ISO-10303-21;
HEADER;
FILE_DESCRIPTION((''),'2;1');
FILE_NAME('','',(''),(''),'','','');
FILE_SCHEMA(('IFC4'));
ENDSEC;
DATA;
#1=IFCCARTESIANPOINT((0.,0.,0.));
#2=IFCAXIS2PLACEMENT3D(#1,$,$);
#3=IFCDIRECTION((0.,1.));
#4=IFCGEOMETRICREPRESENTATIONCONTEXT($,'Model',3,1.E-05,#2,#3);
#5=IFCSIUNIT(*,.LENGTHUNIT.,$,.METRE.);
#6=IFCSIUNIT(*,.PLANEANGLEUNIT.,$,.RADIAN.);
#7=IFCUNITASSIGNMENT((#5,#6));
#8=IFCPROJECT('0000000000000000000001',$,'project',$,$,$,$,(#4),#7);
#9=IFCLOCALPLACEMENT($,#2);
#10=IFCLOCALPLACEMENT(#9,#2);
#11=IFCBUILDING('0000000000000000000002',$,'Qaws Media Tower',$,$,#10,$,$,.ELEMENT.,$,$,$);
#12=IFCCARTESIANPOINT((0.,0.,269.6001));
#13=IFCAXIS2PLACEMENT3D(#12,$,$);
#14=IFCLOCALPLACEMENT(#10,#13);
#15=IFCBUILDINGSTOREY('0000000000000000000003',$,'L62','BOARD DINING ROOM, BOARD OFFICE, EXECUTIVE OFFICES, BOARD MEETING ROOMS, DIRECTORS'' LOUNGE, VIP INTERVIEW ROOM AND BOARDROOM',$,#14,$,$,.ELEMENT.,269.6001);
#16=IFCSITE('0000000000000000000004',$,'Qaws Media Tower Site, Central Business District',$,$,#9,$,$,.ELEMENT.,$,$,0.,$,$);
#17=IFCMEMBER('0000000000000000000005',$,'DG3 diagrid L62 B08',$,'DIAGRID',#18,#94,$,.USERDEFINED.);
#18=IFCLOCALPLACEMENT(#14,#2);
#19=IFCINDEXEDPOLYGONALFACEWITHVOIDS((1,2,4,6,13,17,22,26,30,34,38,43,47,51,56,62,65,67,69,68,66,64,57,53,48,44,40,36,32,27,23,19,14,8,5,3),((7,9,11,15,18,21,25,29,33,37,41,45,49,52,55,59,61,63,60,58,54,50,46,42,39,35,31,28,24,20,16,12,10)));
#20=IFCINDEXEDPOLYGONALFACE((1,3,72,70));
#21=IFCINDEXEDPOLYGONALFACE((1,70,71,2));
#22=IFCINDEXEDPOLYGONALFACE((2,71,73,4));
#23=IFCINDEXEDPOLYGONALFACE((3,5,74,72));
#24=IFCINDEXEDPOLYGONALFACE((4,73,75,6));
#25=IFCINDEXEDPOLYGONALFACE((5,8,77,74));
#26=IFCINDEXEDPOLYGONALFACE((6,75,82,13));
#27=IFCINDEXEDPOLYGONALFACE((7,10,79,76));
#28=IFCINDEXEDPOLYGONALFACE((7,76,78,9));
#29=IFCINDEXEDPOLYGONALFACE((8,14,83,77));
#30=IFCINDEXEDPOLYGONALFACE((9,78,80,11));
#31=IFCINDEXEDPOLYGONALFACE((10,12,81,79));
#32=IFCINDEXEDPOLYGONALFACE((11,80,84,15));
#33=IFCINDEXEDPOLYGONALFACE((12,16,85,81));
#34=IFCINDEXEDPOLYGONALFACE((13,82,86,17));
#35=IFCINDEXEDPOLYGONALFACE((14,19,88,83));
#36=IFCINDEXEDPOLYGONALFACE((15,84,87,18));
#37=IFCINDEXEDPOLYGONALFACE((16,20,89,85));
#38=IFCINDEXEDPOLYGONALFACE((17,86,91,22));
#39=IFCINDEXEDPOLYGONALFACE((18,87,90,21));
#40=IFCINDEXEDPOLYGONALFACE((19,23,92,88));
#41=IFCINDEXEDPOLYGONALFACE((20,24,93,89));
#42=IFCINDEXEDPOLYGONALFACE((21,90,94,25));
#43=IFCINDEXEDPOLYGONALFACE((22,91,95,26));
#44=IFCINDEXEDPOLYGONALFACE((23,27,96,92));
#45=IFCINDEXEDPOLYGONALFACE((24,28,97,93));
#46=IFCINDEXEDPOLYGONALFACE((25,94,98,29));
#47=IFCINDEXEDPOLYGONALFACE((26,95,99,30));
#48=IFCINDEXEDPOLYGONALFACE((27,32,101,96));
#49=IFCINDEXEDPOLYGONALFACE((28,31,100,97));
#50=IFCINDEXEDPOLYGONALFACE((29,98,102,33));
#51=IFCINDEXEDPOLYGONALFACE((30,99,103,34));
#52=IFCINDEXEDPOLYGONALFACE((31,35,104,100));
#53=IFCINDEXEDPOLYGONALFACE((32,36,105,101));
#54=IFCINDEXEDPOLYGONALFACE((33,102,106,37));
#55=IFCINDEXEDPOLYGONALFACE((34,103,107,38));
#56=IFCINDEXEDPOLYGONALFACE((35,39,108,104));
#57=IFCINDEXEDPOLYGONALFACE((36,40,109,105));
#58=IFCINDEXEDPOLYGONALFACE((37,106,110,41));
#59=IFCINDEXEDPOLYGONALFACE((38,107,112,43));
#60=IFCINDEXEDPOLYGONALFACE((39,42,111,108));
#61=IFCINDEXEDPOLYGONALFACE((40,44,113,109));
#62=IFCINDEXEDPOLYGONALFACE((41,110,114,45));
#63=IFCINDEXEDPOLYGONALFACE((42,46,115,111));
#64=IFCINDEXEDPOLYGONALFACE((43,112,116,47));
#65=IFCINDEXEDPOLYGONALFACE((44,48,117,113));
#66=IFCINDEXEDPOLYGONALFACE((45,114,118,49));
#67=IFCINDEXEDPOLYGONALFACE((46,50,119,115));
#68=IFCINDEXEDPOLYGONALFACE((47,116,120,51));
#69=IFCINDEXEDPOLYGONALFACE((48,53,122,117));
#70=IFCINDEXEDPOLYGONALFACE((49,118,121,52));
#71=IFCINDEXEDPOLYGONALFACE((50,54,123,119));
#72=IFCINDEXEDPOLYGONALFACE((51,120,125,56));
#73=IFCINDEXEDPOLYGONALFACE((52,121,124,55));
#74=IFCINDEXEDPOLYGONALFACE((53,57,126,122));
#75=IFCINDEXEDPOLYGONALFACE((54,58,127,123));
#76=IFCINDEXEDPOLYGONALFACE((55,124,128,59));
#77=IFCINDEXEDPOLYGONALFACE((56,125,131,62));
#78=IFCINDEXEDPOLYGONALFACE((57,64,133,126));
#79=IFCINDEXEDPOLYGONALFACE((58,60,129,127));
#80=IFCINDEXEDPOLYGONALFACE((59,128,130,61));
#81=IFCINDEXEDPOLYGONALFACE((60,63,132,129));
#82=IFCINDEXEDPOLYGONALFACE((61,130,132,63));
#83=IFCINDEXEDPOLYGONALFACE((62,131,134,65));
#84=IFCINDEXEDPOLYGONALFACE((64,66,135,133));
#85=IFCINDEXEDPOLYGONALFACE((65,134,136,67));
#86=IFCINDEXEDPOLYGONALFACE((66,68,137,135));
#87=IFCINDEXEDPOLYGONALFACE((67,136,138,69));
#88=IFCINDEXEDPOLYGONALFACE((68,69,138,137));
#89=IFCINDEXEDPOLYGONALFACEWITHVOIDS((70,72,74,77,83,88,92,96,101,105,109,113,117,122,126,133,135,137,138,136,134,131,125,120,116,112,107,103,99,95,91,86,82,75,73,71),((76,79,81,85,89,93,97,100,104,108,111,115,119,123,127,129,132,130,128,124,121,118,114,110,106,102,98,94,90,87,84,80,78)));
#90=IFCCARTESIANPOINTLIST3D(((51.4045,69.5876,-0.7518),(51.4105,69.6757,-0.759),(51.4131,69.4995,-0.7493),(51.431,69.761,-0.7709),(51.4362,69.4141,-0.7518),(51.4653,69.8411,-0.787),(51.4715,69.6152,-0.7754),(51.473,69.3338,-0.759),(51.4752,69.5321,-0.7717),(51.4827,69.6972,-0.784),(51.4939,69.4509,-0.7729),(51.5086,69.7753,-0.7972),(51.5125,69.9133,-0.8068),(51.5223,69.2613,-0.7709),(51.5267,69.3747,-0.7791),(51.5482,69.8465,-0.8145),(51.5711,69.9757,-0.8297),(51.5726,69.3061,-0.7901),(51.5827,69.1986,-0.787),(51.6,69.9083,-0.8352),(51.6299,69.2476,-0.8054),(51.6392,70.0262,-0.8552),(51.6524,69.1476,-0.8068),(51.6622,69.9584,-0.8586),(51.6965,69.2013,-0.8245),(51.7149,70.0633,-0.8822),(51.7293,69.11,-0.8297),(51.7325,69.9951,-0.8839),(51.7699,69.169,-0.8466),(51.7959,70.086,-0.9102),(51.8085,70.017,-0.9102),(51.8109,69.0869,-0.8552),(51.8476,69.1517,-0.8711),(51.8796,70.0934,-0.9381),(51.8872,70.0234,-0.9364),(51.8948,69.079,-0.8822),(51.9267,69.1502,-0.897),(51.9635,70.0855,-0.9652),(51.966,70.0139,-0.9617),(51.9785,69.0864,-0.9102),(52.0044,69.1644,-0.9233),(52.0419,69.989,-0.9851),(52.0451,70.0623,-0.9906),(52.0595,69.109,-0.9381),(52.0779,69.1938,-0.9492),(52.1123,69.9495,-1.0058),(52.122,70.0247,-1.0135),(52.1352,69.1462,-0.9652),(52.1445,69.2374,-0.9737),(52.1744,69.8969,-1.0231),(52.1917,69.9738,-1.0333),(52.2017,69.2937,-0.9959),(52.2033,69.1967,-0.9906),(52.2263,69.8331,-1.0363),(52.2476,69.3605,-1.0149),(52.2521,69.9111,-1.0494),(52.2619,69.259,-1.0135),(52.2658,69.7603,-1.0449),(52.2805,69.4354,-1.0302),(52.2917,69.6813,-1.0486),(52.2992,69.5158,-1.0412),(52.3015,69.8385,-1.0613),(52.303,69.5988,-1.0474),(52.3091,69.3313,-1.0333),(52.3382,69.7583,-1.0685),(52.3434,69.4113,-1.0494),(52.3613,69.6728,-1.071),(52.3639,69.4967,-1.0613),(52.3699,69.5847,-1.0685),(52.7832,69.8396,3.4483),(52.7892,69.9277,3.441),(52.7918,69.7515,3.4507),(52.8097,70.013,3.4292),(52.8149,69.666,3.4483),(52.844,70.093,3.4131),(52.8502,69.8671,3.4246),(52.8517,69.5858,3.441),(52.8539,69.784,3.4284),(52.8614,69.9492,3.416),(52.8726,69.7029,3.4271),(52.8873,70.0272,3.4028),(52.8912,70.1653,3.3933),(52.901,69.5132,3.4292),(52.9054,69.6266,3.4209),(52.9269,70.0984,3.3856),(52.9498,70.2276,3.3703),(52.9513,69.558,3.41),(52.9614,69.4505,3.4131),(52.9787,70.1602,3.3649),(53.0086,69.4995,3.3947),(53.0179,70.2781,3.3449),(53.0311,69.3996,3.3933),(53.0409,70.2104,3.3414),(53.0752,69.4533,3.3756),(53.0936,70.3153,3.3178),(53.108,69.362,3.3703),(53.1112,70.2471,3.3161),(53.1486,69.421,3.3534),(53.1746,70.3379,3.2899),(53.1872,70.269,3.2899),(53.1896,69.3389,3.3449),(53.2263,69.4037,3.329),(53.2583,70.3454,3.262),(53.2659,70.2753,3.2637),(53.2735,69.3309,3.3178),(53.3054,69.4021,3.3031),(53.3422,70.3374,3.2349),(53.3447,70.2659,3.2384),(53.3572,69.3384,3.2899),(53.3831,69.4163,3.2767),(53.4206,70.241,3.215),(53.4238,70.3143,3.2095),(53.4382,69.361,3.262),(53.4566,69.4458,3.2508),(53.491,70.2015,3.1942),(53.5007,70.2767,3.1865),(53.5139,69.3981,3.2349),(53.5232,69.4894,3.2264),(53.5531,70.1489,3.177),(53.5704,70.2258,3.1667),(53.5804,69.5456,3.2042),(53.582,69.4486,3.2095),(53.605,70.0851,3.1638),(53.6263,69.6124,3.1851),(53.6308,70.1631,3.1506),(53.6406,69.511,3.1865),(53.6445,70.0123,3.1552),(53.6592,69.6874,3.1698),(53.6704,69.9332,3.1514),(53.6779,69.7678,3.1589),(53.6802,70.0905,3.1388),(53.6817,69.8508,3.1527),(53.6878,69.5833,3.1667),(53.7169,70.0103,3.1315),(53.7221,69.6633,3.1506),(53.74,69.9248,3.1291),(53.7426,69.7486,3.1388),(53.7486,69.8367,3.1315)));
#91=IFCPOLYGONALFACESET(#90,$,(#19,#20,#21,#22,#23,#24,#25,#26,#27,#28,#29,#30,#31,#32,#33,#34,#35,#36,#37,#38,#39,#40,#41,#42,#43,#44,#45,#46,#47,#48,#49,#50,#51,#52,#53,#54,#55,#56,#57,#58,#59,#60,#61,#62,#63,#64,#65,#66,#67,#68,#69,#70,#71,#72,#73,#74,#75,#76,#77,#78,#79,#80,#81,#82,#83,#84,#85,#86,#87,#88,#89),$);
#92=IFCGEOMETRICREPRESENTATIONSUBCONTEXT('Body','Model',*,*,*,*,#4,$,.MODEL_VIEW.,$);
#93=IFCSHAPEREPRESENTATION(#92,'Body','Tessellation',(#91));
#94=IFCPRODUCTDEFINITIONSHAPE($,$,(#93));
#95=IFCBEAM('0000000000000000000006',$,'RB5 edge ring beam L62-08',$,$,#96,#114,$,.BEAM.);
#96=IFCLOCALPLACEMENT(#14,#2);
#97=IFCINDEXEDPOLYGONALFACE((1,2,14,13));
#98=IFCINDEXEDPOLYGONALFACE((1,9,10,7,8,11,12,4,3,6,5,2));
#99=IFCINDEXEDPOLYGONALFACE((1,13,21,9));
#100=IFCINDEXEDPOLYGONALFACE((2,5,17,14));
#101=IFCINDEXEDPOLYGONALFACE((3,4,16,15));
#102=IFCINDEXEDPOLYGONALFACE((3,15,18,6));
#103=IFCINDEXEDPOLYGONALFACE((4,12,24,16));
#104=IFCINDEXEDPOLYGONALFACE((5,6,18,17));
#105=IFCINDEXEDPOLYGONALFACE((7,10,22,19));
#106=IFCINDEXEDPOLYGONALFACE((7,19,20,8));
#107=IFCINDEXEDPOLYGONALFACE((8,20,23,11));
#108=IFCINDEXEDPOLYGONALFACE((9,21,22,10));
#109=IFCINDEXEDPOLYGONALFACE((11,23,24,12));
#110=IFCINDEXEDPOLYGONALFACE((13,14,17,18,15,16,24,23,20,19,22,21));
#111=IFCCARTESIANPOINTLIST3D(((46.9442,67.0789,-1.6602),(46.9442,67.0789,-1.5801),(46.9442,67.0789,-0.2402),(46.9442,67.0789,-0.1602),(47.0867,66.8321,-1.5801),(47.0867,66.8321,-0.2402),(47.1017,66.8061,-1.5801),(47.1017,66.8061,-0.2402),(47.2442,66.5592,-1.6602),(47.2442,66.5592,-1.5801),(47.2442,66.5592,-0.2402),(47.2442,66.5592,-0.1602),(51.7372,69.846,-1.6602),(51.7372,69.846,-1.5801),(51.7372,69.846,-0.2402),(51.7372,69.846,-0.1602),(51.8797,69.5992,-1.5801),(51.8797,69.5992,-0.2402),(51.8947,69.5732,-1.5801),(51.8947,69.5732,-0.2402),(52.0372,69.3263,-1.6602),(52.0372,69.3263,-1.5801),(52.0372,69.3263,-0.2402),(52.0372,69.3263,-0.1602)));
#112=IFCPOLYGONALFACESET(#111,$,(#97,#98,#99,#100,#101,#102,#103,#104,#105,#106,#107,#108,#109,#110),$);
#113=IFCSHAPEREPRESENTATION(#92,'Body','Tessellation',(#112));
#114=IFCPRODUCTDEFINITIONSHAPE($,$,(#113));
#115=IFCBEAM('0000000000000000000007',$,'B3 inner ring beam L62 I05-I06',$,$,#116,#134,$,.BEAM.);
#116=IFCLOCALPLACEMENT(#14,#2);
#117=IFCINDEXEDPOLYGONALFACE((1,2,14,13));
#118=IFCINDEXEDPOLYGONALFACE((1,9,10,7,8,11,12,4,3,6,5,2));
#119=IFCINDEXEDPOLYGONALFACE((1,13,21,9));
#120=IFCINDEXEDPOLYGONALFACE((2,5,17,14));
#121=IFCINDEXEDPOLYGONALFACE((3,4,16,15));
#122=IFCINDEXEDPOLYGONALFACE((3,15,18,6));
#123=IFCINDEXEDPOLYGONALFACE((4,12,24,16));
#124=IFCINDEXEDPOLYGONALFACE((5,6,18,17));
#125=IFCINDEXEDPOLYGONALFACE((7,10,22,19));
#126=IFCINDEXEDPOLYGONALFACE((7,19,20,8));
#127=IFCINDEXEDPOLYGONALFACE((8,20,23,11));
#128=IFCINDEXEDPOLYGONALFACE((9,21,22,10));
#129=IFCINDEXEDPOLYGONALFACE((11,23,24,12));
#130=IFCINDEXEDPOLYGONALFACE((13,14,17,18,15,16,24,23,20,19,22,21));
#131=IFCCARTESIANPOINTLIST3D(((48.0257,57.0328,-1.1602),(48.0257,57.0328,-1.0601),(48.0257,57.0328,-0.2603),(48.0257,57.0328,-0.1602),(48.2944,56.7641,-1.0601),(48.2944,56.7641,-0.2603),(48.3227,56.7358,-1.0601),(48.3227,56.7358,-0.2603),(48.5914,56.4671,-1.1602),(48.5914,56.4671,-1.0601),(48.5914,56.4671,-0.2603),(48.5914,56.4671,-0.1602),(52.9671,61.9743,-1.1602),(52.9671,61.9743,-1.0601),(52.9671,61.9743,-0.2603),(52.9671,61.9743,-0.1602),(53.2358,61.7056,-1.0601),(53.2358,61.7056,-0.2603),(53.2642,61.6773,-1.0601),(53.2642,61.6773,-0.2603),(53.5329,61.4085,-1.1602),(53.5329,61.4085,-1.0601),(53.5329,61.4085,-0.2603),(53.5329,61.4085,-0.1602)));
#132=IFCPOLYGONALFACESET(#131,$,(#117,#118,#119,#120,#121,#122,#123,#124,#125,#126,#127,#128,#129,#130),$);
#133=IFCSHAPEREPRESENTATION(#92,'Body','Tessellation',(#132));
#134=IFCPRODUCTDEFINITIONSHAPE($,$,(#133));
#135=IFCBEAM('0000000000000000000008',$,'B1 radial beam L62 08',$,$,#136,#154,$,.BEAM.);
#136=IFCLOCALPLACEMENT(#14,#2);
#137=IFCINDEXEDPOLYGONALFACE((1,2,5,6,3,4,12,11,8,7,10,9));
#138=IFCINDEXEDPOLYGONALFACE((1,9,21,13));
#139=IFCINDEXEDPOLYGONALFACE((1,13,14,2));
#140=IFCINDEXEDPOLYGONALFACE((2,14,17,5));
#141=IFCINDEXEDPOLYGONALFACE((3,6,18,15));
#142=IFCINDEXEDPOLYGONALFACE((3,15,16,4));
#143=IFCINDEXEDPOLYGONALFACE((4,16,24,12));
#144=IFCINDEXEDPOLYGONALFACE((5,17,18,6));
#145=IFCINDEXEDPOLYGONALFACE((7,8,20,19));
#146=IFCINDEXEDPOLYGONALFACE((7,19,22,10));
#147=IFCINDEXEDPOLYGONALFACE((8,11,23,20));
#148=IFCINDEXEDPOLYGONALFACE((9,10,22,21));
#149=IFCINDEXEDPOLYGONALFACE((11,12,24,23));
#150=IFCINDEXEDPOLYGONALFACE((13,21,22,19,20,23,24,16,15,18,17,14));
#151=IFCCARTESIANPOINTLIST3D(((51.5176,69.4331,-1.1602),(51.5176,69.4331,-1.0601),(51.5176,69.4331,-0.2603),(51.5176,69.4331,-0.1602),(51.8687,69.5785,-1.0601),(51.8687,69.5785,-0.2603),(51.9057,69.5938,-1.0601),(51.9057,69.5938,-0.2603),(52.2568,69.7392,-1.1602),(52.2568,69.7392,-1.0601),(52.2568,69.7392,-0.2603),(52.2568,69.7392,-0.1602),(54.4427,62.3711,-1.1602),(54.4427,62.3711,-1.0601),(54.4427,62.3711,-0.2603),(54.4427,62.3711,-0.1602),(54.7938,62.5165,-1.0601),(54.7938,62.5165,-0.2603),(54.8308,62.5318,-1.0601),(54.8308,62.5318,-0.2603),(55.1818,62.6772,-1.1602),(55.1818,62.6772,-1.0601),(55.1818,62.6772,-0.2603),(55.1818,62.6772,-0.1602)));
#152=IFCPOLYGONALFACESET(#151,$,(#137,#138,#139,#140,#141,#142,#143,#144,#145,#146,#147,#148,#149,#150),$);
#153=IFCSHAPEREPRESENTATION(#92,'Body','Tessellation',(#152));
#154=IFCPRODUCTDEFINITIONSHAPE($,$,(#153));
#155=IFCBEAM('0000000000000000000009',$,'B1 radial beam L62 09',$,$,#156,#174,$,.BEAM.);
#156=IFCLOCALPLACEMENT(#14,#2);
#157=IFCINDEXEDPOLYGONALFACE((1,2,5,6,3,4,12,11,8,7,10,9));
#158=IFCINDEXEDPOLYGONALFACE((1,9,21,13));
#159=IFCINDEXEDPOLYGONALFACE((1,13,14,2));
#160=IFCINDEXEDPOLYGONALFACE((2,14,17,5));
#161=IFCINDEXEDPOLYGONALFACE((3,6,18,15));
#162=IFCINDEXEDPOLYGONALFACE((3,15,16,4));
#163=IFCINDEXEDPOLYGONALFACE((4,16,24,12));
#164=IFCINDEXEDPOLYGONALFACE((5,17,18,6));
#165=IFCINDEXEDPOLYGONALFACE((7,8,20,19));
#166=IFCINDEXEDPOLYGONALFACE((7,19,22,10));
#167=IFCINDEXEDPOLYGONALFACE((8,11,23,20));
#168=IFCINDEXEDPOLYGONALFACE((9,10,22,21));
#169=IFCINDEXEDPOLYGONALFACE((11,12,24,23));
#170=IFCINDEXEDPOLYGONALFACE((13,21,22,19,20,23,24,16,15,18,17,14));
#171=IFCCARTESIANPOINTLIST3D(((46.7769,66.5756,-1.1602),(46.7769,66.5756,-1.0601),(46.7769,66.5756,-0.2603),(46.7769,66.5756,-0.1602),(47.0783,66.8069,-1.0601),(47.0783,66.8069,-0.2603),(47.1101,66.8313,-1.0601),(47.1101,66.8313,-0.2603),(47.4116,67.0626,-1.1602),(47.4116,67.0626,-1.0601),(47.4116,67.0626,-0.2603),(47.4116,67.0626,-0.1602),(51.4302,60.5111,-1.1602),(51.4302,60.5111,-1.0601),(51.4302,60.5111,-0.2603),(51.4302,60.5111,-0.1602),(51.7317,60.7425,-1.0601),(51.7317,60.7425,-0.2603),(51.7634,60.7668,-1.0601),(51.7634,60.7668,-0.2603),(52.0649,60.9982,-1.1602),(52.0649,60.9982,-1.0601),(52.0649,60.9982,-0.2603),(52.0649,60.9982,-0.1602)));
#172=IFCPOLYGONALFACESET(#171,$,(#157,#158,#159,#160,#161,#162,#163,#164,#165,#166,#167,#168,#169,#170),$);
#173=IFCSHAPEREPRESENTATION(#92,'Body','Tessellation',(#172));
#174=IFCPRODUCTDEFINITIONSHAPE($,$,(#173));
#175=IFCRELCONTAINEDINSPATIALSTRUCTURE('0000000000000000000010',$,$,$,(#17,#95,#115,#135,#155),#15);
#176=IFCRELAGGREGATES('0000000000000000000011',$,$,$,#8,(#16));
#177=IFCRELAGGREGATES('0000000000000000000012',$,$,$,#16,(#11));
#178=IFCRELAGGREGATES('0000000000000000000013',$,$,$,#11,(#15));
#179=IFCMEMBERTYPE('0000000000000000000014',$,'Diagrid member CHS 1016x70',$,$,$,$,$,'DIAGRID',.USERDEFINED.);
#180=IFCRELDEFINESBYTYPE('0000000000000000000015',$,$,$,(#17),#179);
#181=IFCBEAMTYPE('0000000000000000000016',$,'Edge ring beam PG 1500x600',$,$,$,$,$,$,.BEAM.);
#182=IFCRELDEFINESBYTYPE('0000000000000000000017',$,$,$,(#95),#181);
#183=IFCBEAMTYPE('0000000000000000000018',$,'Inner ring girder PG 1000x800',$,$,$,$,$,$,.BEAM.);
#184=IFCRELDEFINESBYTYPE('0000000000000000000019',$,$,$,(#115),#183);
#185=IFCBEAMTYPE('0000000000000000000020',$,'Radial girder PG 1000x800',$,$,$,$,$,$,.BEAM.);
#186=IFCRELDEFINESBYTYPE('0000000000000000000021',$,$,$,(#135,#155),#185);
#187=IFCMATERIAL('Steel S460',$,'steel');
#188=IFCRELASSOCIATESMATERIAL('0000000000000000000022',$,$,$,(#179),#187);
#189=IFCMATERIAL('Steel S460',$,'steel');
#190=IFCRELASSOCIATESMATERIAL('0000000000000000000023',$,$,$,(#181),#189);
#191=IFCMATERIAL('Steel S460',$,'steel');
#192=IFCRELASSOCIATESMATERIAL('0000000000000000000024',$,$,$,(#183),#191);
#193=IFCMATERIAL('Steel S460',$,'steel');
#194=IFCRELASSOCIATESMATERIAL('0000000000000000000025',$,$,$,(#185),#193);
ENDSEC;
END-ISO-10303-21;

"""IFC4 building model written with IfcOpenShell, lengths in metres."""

from ifc_helpers import new_model, si_unit, direction, frame, origin, origin_2d, place, context, subcontext, project, spatial, hollow_circle, i_section, extrude, material, material_profile, profile_set, type_object, element, save


model = new_model("IFC4")

# Units and contexts
model_context = context("Model", 3, precision=1e-05, world=origin(), true_north=direction((0.0, 1.0)))
body_context = subcontext(model_context, "Body", "Model", "MODEL_VIEW")
ifc_project = project(units=[si_unit("LENGTHUNIT", "METRE"), si_unit("PLANEANGLEUNIT", "RADIAN")], contexts=[model_context])

# Site, building, storey
site_placement = place(None, origin())
site = spatial("IfcSite", under=ifc_project, at=site_placement, Name="Qaws Media Tower Site, Central Business District", CompositionType="ELEMENT", RefElevation=0.0)
building_placement = place(site_placement, origin())
building = spatial("IfcBuilding", under=site, at=building_placement, Name="Qaws Media Tower", CompositionType="ELEMENT")
storey_placement = place(building_placement, frame((0.0, 0.0, 269.6001)))
storey = spatial("IfcBuildingStorey", under=building, at=storey_placement, Name="L62", Description="BOARD DINING ROOM, BOARD OFFICE, EXECUTIVE OFFICES, BOARD MEETING ROOMS, DIRECTORS' LOUNGE, VIP INTERVIEW ROOM AND BOARDROOM", CompositionType="ELEMENT", Elevation=269.6001)

# Member
ifc_material_1 = material(Name="Steel S460", Category="steel")
ifc_material_profile_1 = material_profile(ifc_material_1, hollow_circle(Radius=0.5081, WallThickness=0.0701, at=origin_2d()), Name="CHS 1016x70")
ifc_profile_set_1 = profile_set([ifc_material_profile_1], Name="Steel S460")
member_type_1 = type_object("IfcMemberType", Name="Diagrid member CHS 1016x70", ElementType="DIAGRID", PredefinedType="USERDEFINED", material=ifc_profile_set_1)
for number, where, z_axis, x_axis, name in (
    (1, (51.8872, 69.5862, -0.9102), (0.311378, 0.056905, 0.948581), (-0.179774, 0.983708, 0.0), "DG3 diagrid L62 B08"),
):
    element("IfcMember", number, at=place(storey_placement, frame(where, z_axis=z_axis, x_axis=x_axis)), inside=storey, type_object=member_type_1, Name=name, ObjectType="DIAGRID", PredefinedType="USERDEFINED", context=body_context, shape_type="SweptSolid", body=[
        extrude(hollow_circle(Radius=0.5081, WallThickness=0.0701, at=origin_2d()), origin(), (0.0, 0.0, 1.0), 4.4277),
    ])

# Beams
ifc_material_2 = material(Name="Steel S460", Category="steel")
ifc_material_profile_2 = material_profile(ifc_material_2, i_section(OverallWidth=0.6001, OverallDepth=1.5, WebThickness=0.03, FlangeThickness=0.0801, at=origin_2d()), Name="PG 1500x600")
ifc_profile_set_2 = profile_set([ifc_material_profile_2], Name="Steel S460")
beam_type_1 = type_object("IfcBeamType", Name="Edge ring beam PG 1500x600", PredefinedType="BEAM", material=ifc_profile_set_2)
beam_1_placement = place(storey_placement, frame((51.8872, 69.5862, -0.9102), z_axis=(-0.866036, -0.499982, 0.0), x_axis=(0.499982, -0.866036, 0.0)))
element("IfcBeam", 2, at=beam_1_placement, inside=storey, type_object=beam_type_1, Name="RB5 edge ring beam L62-08", PredefinedType="BEAM", context=body_context, shape_type="SweptSolid", body=[
    extrude(i_section(OverallWidth=0.6001, OverallDepth=1.5, WebThickness=0.03, FlangeThickness=0.0801, at=origin_2d()), origin(), (0.0, 0.0, 1.0), 5.5344),
])
ifc_material_3 = material(Name="Steel S460", Category="steel")
ifc_material_profile_3 = material_profile(ifc_material_3, i_section(OverallWidth=0.8, OverallDepth=1.0, WebThickness=0.04, FlangeThickness=0.1001, at=origin_2d()), Name="PG 1000x800")
ifc_profile_set_3 = profile_set([ifc_material_profile_3], Name="Steel S460")
beam_type_2 = type_object("IfcBeamType", Name="Inner ring girder PG 1000x800", PredefinedType="BEAM", material=ifc_profile_set_3)
beam_2_placement = place(storey_placement, frame((53.25, 61.6914, -0.6602), z_axis=(-0.707107, -0.707107, 0.0), x_axis=(0.707107, -0.707107, 0.0)))
element("IfcBeam", 3, at=beam_2_placement, inside=storey, type_object=beam_type_2, Name="B3 inner ring beam L62 I05-I06", PredefinedType="BEAM", context=body_context, shape_type="SweptSolid", body=[
    extrude(i_section(OverallWidth=0.8, OverallDepth=1.0, WebThickness=0.04, FlangeThickness=0.1001, at=origin_2d()), origin(), (0.0, 0.0, 1.0), 6.9883),
])
ifc_material_4 = material(Name="Steel S460", Category="steel")
ifc_material_profile_4 = material_profile(ifc_material_4, i_section(OverallWidth=0.8, OverallDepth=1.0, WebThickness=0.04, FlangeThickness=0.1001, at=origin_2d()), Name="PG 1000x800")
ifc_profile_set_4 = profile_set([ifc_material_profile_4], Name="Steel S460")
beam_type_3 = type_object("IfcBeamType", Name="Radial girder PG 1000x800", PredefinedType="BEAM", material=ifc_profile_set_4)
beam_3_placement = place(storey_placement, frame((54.8123, 62.5242, -0.6602), z_axis=(-0.382669, 0.923886, 0.0), x_axis=(-0.923886, -0.382669, 0.0)))
element("IfcBeam", 4, at=beam_3_placement, inside=storey, type_object=beam_type_3, Name="B1 radial beam L62 08", PredefinedType="BEAM", context=body_context, shape_type="SweptSolid", body=[
    extrude(i_section(OverallWidth=0.8, OverallDepth=1.0, WebThickness=0.04, FlangeThickness=0.1001, at=origin_2d()), origin(), (0.0, 0.0, 1.0), 7.6438),
])
for number, where, z_axis, x_axis, name in (
    (5, (51.7476, 60.7546, -0.6602), (-0.608753, 0.79336, 0.0), (-0.79336, -0.608753, 0.0), "B1 radial beam L62 09"),
):
    element("IfcBeam", number, at=place(storey_placement, frame(where, z_axis=z_axis, x_axis=x_axis)), inside=storey, type_object=beam_type_3, Name=name, PredefinedType="BEAM", context=body_context, shape_type="SweptSolid", body=[
        extrude(i_section(OverallWidth=0.8, OverallDepth=1.0, WebThickness=0.04, FlangeThickness=0.1001, at=origin_2d()), origin(), (0.0, 0.0, 1.0), 7.644),
    ])

save(model, "model.ifc")
